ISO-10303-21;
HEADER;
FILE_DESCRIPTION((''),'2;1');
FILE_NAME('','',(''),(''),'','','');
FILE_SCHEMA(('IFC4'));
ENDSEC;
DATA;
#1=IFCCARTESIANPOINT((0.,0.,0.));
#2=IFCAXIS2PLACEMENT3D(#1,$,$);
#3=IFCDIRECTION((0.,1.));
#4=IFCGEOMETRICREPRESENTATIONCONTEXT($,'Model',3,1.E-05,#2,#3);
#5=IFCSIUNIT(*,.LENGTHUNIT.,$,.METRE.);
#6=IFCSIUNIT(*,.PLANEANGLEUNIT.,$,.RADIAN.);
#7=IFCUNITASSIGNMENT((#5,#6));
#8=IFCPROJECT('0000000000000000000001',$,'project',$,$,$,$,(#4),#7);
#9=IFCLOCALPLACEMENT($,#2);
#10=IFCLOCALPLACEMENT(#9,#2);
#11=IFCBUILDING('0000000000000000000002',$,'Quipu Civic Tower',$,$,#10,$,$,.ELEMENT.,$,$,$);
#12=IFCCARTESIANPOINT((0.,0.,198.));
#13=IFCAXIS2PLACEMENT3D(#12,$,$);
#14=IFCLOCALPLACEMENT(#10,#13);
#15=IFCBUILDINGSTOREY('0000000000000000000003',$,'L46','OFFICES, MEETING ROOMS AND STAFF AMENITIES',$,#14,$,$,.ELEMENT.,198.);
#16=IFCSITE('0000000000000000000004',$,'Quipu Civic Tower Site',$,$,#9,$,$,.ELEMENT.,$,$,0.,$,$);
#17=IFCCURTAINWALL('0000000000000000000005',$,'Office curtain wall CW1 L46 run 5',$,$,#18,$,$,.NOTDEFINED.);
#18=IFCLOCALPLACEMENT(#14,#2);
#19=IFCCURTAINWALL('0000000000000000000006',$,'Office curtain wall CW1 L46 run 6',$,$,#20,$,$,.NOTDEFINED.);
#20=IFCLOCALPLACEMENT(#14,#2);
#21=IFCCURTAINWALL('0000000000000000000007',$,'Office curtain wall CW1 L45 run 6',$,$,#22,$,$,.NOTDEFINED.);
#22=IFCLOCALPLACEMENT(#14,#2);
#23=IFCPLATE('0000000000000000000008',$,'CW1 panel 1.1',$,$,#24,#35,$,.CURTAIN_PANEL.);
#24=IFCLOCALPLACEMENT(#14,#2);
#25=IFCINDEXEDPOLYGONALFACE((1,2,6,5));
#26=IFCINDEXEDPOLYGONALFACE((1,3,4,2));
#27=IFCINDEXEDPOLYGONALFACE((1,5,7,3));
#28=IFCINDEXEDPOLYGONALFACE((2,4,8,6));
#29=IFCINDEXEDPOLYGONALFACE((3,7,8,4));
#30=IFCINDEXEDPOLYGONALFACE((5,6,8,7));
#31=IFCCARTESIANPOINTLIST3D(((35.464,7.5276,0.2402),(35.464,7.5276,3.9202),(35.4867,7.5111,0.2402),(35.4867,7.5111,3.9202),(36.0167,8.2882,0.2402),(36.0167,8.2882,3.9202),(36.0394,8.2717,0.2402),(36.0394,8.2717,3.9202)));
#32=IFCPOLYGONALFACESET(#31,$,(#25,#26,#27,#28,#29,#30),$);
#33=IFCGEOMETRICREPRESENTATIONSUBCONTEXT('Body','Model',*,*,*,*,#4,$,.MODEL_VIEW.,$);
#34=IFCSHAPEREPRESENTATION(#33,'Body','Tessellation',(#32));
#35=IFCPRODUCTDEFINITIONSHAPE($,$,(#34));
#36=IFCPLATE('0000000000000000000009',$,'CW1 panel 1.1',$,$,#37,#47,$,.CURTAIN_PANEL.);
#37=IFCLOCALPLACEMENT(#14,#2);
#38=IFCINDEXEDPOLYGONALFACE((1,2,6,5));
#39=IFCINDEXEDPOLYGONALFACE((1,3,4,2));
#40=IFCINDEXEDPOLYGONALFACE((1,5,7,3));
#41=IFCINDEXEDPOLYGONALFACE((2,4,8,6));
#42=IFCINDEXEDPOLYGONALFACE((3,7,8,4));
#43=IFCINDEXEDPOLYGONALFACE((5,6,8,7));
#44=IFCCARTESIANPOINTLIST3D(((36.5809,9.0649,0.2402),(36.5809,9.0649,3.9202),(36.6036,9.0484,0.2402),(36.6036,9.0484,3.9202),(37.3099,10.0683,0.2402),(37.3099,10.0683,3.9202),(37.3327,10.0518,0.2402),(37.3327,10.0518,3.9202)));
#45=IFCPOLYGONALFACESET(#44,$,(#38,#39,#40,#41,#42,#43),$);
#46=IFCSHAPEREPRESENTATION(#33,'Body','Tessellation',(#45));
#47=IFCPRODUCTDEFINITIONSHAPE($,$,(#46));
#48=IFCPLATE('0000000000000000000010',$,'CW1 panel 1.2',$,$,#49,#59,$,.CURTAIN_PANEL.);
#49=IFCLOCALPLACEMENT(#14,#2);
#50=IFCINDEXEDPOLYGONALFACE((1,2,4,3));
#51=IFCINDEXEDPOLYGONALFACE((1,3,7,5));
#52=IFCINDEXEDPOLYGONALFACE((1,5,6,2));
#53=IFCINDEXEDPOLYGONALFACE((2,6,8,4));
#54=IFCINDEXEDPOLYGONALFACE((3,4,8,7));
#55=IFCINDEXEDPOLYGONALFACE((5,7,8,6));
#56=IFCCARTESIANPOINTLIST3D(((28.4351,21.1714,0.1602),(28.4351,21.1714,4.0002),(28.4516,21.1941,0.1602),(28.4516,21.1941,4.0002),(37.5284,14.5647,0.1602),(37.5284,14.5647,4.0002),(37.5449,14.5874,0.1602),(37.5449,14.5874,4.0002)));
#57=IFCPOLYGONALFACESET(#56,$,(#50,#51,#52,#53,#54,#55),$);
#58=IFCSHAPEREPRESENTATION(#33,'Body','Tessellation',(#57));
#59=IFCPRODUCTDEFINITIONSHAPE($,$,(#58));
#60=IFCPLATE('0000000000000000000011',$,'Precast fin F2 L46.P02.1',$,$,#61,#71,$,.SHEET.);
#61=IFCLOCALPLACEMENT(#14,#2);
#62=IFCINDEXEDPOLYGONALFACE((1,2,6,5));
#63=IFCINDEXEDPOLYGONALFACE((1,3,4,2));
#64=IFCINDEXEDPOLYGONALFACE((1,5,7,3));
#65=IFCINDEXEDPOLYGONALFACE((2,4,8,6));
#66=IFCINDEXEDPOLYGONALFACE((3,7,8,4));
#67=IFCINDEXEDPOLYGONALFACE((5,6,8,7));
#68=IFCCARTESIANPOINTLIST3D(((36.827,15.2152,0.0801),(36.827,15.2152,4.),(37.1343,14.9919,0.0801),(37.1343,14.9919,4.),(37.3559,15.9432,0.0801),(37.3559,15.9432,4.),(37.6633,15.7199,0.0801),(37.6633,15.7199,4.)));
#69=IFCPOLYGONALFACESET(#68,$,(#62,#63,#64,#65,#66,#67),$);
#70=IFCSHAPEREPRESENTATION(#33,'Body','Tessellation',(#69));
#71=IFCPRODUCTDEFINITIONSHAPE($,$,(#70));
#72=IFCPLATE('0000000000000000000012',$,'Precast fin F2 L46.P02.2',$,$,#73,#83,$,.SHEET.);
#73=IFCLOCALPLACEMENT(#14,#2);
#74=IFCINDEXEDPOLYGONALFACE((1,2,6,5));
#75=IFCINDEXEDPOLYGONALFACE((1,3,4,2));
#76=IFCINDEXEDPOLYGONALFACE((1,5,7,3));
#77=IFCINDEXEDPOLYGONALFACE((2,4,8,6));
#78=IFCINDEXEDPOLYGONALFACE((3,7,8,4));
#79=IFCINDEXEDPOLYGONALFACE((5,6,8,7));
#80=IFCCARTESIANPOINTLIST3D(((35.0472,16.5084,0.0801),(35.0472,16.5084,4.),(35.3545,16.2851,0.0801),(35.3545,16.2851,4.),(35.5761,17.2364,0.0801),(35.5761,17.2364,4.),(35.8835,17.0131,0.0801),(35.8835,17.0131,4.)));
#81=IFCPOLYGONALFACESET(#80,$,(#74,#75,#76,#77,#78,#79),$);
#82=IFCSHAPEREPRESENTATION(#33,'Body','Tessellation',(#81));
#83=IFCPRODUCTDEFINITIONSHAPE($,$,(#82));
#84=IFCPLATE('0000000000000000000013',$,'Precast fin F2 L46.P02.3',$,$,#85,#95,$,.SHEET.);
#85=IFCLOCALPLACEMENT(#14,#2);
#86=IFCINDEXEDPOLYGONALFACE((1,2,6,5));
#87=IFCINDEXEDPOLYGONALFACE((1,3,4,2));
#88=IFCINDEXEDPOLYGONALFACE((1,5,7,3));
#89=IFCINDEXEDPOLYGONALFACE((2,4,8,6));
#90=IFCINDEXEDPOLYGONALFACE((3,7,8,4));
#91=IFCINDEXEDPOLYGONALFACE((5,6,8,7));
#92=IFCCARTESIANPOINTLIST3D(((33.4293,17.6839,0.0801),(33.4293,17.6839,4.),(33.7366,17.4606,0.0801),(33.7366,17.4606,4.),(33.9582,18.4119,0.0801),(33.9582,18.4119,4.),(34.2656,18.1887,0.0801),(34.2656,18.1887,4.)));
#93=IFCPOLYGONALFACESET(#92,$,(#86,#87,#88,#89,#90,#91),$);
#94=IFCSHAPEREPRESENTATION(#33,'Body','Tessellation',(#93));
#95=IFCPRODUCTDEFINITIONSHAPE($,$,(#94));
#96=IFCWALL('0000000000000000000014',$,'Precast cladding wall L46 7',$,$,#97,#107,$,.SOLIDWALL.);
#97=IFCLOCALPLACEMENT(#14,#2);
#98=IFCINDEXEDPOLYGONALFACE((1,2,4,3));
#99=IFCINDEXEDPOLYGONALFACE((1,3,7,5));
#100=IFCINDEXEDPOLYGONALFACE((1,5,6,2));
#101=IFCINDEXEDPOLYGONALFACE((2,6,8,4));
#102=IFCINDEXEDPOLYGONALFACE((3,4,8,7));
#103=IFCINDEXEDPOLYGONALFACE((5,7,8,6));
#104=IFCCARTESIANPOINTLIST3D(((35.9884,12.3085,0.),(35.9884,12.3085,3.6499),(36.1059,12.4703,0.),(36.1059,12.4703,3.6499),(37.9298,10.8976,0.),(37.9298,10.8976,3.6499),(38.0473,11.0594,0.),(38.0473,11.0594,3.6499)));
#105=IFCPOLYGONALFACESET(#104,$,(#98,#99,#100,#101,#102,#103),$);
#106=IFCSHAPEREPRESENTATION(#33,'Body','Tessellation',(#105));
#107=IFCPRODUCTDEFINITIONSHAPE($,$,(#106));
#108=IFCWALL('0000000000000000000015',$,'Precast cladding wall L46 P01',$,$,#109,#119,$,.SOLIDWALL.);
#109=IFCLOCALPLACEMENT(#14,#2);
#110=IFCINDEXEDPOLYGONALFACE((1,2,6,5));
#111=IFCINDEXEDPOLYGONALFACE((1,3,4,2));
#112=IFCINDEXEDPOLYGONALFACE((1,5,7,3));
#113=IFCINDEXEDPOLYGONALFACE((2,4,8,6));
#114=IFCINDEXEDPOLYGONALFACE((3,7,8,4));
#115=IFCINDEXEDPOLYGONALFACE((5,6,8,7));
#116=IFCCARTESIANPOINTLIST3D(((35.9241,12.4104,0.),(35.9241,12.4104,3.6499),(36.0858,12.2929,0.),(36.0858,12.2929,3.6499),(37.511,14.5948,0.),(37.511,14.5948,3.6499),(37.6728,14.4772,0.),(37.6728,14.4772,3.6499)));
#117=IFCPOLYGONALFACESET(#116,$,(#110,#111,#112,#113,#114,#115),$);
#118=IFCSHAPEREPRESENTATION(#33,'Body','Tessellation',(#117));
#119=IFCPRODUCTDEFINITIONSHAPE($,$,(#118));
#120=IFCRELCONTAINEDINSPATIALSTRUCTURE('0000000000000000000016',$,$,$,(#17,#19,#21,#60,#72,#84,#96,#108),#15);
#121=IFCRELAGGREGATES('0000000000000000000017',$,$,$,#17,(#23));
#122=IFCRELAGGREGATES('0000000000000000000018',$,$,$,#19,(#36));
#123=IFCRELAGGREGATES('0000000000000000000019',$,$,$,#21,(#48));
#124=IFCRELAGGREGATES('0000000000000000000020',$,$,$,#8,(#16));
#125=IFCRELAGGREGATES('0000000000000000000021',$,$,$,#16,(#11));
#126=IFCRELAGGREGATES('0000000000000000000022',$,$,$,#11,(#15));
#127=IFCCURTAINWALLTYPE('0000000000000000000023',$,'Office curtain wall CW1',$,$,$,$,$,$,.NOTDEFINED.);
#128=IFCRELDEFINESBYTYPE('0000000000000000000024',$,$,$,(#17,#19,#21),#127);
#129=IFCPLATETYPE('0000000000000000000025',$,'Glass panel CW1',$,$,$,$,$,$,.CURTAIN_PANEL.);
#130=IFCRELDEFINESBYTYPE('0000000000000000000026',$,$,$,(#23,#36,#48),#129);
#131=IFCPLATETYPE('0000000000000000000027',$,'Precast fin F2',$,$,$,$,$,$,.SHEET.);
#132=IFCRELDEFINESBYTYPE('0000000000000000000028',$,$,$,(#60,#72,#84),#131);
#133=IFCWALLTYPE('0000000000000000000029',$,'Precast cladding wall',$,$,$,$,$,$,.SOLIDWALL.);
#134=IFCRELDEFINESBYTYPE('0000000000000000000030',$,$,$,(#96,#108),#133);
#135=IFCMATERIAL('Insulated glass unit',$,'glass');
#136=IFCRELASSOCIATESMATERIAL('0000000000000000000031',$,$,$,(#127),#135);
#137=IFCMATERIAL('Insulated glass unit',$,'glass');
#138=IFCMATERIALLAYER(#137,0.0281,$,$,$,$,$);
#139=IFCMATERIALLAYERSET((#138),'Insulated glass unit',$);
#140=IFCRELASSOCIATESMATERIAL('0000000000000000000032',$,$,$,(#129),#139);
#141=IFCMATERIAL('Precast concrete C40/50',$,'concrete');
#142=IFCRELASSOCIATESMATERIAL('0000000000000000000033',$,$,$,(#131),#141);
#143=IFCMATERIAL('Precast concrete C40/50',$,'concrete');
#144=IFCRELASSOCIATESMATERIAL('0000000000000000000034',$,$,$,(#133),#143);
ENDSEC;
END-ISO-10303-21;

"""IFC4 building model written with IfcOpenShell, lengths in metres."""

from ifc_helpers import new_model, si_unit, direction, frame, frame_2d, origin, origin_2d, place, context, subcontext, project, spatial, rectangle, extrude, material, layer, layer_set, type_object, element, aggregate, save


model = new_model("IFC4")

# Units and contexts
model_context = context("Model", 3, precision=1e-05, world=origin(), true_north=direction((0.0, 1.0)))
body_context = subcontext(model_context, "Body", "Model", "MODEL_VIEW")
ifc_project = project(units=[si_unit("LENGTHUNIT", "METRE"), si_unit("PLANEANGLEUNIT", "RADIAN")], contexts=[model_context])

# Site, building, storey
site_placement = place(None, origin())
site = spatial("IfcSite", under=ifc_project, at=site_placement, Name="Quipu Civic Tower Site", CompositionType="ELEMENT", RefElevation=0.0)
building_placement = place(site_placement, origin())
building = spatial("IfcBuilding", under=site, at=building_placement, Name="Quipu Civic Tower", CompositionType="ELEMENT")
storey_placement = place(building_placement, frame((0.0, 0.0, 198.0)))
storey = spatial("IfcBuildingStorey", under=building, at=storey_placement, Name="L46", Description="OFFICES, MEETING ROOMS AND STAFF AMENITIES", CompositionType="ELEMENT", Elevation=198.0)

# Curtain wall
ifc_material_1 = material(Name="Insulated glass unit", Category="glass")
curtain_wall_type = type_object("IfcCurtainWallType", Name="Office curtain wall CW1", PredefinedType="NOTDEFINED", material=ifc_material_1)
curtain_wall_1_placement = place(storey_placement, origin())
curtain_wall_1 = element("IfcCurtainWall", 1, at=curtain_wall_1_placement, inside=storey, type_object=curtain_wall_type, Name="Office curtain wall CW1 L46 run 5", PredefinedType="NOTDEFINED")

# Curtain wall
curtain_wall_2_placement = place(storey_placement, origin())
curtain_wall_2 = element("IfcCurtainWall", 2, at=curtain_wall_2_placement, inside=storey, type_object=curtain_wall_type, Name="Office curtain wall CW1 L46 run 6", PredefinedType="NOTDEFINED")

# Curtain wall
curtain_wall_3_placement = place(storey_placement, origin())
curtain_wall_3 = element("IfcCurtainWall", 3, at=curtain_wall_3_placement, inside=storey, type_object=curtain_wall_type, Name="Office curtain wall CW1 L45 run 6", PredefinedType="NOTDEFINED")

# Plates
ifc_material_2 = material(Name="Insulated glass unit", Category="glass")
ifc_layer = layer(ifc_material_2, 0.0281)
ifc_layer_set = layer_set([ifc_layer], Name="Insulated glass unit")
plate_type_1 = type_object("IfcPlateType", Name="Glass panel CW1", PredefinedType="CURTAIN_PANEL", material=ifc_layer_set)
plate_1_placement = place(storey_placement, frame((35.7517, 7.8997, 0.2402), z_axis=(0.0, 0.0, 1.0), x_axis=(0.587831, 0.808984, 0.0)))
plate_1 = element("IfcPlate", 4, at=plate_1_placement, type_object=plate_type_1, Name="CW1 panel 1.1", PredefinedType="CURTAIN_PANEL", context=body_context, shape_type="SweptSolid", body=[
    extrude(rectangle(XDim=0.9402, YDim=0.0281, at=origin_2d()), origin(), (0.0, 0.0, 1.0), 3.6799),
])
aggregate(curtain_wall_1, [plate_1])
plate_2_placement = place(storey_placement, frame((36.9568, 9.5583, 0.2402), z_axis=(0.0, 0.0, 1.0), x_axis=(0.587806, 0.809002, 0.0)))
plate_2 = element("IfcPlate", 5, at=plate_2_placement, type_object=plate_type_1, Name="CW1 panel 1.1", PredefinedType="CURTAIN_PANEL", context=body_context, shape_type="SweptSolid", body=[
    extrude(rectangle(XDim=1.2402, YDim=0.0281, at=origin_2d()), origin(), (0.0, 0.0, 1.0), 3.6799),
])
aggregate(curtain_wall_2, [plate_2])
plate_3_placement = place(storey_placement, frame((32.99, 17.8794, 0.1602), z_axis=(0.0, 0.0, 1.0), x_axis=(-0.809015, 0.587788, 0.0)))
plate_3 = element("IfcPlate", 6, at=plate_3_placement, type_object=plate_type_1, Name="CW1 panel 1.2", PredefinedType="CURTAIN_PANEL", context=body_context, shape_type="SweptSolid", body=[
    extrude(rectangle(XDim=11.24, YDim=0.0281, at=origin_2d()), origin(), (0.0, 0.0, 1.0), 3.8401),
])
aggregate(curtain_wall_3, [plate_3])

# Plates
ifc_material_3 = material(Name="Precast concrete C40/50", Category="concrete")
plate_type_2 = type_object("IfcPlateType", Name="Precast fin F2", PredefinedType="SHEET", material=ifc_material_3)
for number, where, z_axis, x_axis, name in (
    (7, (37.2451, 15.4675, 0.0801), (0.0, 0.0, 1.0), (-0.809017, 0.587785, 0.0), "Precast fin F2 L46.P02.1"),
    (8, (35.4653, 16.7607, 0.0801), (0.0, 0.0, 1.0), (-0.809017, 0.587785, 0.0), "Precast fin F2 L46.P02.2"),
    (9, (33.8474, 17.9363, 0.0801), (0.0, 0.0, 1.0), (-0.809017, 0.587785, 0.0), "Precast fin F2 L46.P02.3"),
):
    element("IfcPlate", number, at=place(storey_placement, frame(where, z_axis=z_axis, x_axis=x_axis)), inside=storey, type_object=plate_type_2, Name=name, PredefinedType="SHEET", context=body_context, shape_type="SweptSolid", body=[
        extrude(rectangle(XDim=0.3799, YDim=0.8999, at=origin_2d()), origin(), (0.0, 0.0, 1.0), 3.9199),
    ])

# Walls
ifc_material_4 = material(Name="Precast concrete C40/50", Category="concrete")
wall_type = type_object("IfcWallType", Name="Precast cladding wall", PredefinedType="SOLIDWALL", material=ifc_material_4)
wall_1_placement = place(storey_placement, frame((37.9885, 10.9785, 0.0), z_axis=(0.0, 0.0, 1.0), x_axis=(-0.808943, 0.587887, 0.0)))
element("IfcWall", 10, at=wall_1_placement, inside=storey, type_object=wall_type, Name="Precast cladding wall L46 7", PredefinedType="SOLIDWALL", context=body_context, shape_type="SweptSolid", body=[
    extrude(rectangle(XDim=2.3999, YDim=0.2, at=frame_2d((1.2, 0.0))), origin(), (0.0, 0.0, 1.0), 3.6499),
])
wall_2_placement = place(storey_placement, frame((36.0049, 12.3516, 0.0), z_axis=(0.0, 0.0, 1.0), x_axis=(0.587763, 0.809033, 0.0)))
element("IfcWall", 11, at=wall_2_placement, inside=storey, type_object=wall_type, Name="Precast cladding wall L46 P01", PredefinedType="SOLIDWALL", context=body_context, shape_type="SweptSolid", body=[
    extrude(rectangle(XDim=2.7, YDim=0.2, at=frame_2d((1.3501, 0.0))), origin(), (0.0, 0.0, 1.0), 3.6499),
])

save(model, "model.ifc")
